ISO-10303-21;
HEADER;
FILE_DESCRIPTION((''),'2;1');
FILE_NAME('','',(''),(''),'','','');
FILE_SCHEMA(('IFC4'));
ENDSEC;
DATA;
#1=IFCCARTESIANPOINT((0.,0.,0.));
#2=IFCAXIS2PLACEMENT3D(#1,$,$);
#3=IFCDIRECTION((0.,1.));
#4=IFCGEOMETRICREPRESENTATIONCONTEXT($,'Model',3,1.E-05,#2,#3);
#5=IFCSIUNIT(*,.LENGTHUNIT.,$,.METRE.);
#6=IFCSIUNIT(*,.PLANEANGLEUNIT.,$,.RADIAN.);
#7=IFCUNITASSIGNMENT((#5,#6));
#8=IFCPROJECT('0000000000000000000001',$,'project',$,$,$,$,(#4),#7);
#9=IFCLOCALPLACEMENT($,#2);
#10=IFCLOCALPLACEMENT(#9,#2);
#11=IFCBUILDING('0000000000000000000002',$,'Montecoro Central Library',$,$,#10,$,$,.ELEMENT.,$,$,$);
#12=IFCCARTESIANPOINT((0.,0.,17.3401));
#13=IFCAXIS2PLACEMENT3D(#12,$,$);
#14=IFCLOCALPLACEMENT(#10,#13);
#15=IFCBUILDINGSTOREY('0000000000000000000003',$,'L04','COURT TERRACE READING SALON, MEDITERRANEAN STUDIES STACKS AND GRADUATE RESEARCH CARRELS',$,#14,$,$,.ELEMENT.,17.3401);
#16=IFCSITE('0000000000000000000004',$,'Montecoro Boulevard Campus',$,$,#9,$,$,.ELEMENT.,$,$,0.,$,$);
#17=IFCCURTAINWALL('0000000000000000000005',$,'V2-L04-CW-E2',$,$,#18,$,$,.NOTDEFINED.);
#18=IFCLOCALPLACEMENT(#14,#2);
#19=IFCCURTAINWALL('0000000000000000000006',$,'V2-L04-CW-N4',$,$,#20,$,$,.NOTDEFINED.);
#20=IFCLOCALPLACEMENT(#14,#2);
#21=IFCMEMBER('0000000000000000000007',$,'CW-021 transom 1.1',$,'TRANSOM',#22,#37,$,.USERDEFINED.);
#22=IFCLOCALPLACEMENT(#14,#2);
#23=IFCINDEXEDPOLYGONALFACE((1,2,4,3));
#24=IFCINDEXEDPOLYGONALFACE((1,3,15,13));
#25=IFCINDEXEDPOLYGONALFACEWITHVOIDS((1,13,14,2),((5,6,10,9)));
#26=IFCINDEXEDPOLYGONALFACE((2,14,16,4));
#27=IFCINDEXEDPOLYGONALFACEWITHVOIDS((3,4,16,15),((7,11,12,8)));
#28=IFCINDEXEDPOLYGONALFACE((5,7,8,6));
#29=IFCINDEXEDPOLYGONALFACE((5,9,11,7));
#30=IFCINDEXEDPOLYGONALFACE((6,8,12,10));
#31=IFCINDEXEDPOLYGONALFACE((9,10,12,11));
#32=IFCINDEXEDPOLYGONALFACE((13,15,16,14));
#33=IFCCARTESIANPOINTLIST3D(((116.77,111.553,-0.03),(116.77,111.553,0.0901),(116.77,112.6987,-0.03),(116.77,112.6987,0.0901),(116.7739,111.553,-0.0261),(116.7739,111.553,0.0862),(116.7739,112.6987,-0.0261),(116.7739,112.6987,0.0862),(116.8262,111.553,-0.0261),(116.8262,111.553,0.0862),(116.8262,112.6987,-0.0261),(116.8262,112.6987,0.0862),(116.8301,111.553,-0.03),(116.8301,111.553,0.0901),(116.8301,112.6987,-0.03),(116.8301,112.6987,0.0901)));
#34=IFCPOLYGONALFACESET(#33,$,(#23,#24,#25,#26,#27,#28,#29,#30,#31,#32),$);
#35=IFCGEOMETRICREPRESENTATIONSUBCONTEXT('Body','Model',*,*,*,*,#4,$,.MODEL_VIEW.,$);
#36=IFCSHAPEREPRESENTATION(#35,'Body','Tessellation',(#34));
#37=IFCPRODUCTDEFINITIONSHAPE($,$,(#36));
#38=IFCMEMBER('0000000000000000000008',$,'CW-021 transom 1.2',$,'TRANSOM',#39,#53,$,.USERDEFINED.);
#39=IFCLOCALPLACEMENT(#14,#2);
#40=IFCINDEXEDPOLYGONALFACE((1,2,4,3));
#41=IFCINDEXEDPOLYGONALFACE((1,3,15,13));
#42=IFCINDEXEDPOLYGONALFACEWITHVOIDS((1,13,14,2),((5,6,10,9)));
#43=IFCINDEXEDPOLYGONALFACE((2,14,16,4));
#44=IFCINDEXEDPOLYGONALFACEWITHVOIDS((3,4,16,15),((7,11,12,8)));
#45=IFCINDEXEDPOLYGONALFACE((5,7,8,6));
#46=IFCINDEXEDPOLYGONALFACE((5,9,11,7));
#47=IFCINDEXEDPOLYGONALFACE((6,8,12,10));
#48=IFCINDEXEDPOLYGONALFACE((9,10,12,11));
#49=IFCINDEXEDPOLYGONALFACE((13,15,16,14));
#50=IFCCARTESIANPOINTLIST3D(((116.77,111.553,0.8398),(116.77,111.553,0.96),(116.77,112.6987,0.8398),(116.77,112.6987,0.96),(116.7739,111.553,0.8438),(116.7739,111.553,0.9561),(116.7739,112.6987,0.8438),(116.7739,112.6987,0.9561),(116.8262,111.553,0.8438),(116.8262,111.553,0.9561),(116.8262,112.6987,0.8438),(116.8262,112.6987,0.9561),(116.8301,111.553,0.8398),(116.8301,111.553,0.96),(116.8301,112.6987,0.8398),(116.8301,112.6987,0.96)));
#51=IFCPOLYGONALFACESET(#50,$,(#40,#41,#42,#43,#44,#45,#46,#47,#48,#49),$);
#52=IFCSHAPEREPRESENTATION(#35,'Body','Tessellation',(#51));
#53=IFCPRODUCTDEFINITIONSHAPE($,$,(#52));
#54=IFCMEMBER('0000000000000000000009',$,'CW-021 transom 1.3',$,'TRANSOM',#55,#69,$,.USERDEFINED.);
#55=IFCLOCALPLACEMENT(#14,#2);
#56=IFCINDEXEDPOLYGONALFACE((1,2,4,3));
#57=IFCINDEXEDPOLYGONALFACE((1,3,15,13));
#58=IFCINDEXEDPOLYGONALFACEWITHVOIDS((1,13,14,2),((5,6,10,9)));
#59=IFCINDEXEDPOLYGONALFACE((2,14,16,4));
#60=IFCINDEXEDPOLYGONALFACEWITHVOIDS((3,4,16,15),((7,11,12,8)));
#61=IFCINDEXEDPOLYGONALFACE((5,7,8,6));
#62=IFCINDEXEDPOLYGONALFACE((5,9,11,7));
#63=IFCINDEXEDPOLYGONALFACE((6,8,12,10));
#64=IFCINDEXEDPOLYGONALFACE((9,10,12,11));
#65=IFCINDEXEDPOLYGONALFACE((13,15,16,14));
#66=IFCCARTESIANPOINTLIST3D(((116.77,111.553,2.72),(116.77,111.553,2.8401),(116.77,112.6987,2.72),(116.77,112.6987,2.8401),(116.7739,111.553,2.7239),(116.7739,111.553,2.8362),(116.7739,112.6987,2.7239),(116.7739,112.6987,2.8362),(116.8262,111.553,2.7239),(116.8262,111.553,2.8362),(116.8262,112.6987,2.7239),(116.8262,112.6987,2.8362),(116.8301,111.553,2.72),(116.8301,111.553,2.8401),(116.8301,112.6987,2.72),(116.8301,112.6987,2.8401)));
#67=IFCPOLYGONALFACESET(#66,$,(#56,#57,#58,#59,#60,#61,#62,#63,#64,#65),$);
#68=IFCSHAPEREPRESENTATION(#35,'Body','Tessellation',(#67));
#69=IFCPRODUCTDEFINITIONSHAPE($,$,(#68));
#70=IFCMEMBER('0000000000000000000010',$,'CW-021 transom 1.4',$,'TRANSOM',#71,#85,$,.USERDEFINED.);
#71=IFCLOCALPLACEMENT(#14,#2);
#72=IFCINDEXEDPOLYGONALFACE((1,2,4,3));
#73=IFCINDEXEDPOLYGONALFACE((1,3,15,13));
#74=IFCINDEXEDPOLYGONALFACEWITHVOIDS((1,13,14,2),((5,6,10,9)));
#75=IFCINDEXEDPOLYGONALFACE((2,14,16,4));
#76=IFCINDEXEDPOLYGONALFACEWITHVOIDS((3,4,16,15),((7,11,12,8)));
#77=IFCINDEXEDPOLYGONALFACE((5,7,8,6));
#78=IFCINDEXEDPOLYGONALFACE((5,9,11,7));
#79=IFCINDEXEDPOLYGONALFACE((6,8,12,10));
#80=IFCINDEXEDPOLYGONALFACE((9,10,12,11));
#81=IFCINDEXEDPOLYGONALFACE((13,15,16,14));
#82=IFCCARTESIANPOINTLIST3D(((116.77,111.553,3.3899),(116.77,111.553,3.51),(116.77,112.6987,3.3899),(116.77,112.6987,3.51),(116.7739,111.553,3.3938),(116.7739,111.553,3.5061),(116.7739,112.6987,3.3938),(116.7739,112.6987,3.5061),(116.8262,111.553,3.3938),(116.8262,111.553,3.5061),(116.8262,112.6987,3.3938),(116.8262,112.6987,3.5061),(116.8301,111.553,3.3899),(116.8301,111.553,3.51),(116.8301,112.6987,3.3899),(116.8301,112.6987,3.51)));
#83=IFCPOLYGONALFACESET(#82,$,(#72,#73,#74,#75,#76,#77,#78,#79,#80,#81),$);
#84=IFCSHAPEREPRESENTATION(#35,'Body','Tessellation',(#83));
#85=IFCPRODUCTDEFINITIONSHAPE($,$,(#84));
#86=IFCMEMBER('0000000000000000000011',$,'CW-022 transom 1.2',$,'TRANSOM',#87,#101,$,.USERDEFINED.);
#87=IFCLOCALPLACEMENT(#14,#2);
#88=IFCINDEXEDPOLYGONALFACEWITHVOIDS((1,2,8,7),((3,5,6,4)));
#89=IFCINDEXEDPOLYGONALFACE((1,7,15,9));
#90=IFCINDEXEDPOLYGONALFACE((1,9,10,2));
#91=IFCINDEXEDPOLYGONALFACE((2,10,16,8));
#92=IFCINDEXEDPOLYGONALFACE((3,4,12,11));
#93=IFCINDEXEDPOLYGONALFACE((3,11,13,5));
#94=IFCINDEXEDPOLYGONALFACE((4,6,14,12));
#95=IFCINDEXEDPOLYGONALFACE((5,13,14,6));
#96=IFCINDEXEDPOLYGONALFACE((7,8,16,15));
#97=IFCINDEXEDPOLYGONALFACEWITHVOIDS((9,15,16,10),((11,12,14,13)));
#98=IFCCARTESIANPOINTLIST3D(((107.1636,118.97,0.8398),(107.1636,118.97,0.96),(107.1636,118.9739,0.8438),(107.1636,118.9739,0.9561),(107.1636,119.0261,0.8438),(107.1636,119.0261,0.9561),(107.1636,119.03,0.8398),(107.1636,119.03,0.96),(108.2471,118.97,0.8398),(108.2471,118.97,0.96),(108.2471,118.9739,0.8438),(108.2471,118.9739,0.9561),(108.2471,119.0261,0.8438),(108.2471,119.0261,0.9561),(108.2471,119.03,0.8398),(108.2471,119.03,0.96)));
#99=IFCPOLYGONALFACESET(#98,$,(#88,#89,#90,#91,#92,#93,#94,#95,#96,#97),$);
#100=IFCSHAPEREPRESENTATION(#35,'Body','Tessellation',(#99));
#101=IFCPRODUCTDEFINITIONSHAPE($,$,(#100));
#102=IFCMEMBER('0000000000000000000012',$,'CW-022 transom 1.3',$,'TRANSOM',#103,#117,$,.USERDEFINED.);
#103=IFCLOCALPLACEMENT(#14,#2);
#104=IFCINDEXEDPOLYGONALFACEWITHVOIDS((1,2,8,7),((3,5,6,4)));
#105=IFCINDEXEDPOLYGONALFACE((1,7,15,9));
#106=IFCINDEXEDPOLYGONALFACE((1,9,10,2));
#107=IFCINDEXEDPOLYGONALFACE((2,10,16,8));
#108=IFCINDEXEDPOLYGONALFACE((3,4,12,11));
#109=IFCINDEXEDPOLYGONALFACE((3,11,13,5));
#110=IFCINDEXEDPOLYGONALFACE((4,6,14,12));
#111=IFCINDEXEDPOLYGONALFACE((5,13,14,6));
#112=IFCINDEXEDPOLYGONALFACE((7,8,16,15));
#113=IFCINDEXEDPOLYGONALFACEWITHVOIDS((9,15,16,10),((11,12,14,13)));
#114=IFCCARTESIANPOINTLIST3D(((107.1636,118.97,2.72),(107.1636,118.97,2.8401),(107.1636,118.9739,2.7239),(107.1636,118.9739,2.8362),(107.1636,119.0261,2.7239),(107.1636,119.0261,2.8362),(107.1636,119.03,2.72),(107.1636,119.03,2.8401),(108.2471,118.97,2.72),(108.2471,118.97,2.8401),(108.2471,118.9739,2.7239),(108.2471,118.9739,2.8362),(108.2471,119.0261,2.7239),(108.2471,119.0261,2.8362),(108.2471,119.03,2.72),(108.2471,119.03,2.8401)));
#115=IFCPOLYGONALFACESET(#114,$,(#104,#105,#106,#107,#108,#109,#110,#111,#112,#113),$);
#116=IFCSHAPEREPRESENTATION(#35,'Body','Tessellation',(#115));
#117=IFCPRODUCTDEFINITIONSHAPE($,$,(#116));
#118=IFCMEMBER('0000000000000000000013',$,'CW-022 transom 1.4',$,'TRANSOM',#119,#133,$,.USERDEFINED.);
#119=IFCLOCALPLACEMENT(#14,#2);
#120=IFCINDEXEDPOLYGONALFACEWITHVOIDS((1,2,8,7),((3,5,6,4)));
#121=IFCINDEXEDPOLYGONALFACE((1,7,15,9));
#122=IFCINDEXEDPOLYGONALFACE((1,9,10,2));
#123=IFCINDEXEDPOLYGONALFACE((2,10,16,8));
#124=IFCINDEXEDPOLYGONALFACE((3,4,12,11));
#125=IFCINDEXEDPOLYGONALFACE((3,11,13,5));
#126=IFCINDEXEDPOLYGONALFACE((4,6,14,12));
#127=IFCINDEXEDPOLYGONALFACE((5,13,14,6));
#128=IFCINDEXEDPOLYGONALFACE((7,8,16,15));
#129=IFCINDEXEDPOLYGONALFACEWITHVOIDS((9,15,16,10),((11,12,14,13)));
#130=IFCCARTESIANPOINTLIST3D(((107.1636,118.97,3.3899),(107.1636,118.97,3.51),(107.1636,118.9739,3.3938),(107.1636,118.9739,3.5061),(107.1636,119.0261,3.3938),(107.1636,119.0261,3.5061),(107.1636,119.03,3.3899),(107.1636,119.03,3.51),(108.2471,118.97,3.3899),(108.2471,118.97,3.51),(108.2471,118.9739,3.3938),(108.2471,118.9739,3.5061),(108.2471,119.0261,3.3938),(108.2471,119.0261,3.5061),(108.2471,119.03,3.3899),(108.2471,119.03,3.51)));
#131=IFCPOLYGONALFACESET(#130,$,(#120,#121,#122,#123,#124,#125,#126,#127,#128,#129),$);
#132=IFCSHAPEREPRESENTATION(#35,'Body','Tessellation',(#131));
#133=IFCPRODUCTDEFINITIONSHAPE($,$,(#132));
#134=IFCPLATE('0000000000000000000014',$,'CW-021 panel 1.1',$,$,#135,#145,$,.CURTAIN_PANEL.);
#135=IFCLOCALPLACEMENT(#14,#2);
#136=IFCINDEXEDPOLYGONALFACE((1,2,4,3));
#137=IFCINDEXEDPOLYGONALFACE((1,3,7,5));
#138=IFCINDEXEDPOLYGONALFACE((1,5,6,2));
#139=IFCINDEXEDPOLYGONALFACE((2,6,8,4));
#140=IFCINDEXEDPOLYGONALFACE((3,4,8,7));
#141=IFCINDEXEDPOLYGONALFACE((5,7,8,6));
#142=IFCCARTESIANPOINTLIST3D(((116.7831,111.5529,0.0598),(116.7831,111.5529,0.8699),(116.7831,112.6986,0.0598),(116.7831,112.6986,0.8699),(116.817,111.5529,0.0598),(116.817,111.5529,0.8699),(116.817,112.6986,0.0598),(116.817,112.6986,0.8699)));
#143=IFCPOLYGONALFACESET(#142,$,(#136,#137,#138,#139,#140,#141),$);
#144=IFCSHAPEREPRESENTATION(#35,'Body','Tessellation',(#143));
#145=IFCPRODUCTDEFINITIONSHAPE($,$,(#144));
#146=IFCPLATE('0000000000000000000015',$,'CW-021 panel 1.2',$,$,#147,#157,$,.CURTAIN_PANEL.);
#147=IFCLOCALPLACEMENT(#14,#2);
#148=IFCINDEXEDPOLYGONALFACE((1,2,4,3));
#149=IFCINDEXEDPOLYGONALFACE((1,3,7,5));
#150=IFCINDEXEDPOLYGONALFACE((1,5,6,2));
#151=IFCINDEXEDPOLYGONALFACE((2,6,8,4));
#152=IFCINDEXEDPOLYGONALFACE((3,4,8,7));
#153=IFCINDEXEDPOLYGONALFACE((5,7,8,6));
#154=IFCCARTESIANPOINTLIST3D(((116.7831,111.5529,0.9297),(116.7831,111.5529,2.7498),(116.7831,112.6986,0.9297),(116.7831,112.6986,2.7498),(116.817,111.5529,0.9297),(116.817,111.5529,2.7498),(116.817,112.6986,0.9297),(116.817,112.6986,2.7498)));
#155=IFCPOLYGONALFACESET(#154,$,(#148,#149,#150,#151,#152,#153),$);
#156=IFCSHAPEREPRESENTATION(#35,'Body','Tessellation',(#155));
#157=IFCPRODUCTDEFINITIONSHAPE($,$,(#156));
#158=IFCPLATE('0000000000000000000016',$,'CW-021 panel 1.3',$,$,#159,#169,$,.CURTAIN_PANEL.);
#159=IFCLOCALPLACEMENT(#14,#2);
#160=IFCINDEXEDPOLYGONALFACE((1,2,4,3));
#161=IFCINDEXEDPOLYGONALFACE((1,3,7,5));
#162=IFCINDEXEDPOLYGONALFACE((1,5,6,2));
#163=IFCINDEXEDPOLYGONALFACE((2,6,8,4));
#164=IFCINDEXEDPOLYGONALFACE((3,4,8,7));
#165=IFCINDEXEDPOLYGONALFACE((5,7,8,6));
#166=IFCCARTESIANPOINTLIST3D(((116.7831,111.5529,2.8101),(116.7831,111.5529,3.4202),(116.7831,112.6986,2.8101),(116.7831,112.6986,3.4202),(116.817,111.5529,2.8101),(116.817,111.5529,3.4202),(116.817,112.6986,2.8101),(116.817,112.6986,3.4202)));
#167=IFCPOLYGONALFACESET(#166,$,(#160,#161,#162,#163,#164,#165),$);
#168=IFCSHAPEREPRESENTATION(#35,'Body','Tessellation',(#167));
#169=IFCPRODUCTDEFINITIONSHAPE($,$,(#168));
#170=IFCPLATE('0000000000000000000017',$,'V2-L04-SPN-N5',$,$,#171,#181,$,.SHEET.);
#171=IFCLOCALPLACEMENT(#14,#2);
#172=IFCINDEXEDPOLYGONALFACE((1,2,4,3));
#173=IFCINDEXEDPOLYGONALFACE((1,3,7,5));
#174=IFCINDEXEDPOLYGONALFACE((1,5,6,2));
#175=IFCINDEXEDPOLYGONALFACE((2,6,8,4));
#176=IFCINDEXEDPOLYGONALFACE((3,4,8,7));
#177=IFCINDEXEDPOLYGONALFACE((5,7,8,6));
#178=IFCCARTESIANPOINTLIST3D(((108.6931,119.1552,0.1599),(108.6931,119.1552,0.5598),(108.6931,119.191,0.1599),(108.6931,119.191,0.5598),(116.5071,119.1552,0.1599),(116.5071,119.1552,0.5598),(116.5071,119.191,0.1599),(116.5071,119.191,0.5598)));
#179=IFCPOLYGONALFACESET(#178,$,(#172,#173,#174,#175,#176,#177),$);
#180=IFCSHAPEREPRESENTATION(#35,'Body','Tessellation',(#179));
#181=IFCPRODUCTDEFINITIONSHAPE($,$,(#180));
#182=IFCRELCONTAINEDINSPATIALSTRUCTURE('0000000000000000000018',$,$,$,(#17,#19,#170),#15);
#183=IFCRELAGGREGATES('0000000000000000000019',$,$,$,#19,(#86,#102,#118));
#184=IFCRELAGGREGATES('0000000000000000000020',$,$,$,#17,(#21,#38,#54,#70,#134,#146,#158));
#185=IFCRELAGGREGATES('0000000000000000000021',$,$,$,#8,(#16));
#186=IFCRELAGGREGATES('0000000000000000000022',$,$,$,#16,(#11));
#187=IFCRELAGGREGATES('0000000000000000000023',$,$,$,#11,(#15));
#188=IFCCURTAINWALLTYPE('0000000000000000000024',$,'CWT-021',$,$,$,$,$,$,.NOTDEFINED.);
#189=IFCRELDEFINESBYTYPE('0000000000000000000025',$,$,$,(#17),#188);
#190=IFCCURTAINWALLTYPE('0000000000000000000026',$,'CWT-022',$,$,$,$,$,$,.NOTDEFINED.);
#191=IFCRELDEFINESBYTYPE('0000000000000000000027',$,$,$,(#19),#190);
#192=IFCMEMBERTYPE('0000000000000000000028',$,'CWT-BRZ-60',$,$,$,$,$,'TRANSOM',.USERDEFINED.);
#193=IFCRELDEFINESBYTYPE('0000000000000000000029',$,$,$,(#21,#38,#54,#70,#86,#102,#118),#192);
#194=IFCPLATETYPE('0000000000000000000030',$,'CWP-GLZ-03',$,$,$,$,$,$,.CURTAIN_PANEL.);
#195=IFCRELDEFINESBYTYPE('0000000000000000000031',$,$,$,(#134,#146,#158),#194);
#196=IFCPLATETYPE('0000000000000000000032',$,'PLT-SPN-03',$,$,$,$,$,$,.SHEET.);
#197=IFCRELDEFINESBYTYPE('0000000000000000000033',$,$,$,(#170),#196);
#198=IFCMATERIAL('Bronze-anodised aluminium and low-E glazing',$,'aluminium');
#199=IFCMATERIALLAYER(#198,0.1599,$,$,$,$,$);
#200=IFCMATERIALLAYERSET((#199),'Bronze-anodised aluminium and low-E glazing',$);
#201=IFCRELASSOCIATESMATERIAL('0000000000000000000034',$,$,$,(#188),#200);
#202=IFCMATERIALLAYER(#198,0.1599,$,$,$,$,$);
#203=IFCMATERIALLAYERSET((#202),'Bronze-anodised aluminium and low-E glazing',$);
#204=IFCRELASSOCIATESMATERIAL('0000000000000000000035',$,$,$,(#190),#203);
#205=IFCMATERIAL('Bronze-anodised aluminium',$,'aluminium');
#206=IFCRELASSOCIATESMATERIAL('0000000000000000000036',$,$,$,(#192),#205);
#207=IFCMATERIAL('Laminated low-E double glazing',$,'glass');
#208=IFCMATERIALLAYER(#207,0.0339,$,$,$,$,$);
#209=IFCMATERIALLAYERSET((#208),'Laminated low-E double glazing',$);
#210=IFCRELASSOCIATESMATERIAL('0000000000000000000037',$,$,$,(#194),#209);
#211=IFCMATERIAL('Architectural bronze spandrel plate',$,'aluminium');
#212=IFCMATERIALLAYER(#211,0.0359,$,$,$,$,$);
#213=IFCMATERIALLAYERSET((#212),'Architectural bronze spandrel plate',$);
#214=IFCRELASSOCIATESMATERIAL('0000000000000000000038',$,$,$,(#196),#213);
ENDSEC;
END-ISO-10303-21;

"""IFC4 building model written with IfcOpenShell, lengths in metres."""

from ifc_helpers import new_model, si_unit, direction, frame, origin, origin_2d, place, context, subcontext, project, spatial, rectangle, hollow_rectangle, extrude, material, layer, layer_set, material_profile, profile_set, type_object, element, aggregate, save


model = new_model("IFC4")

# Units and contexts
model_context = context("Model", 3, precision=1e-05, world=origin(), true_north=direction((0.0, 1.0)))
body_context = subcontext(model_context, "Body", "Model", "MODEL_VIEW")
ifc_project = project(units=[si_unit("LENGTHUNIT", "METRE"), si_unit("PLANEANGLEUNIT", "RADIAN")], contexts=[model_context])

# Site, building, storey
site_placement = place(None, origin())
site = spatial("IfcSite", under=ifc_project, at=site_placement, Name="Montecoro Boulevard Campus", CompositionType="ELEMENT", RefElevation=0.0)
building_placement = place(site_placement, origin())
building = spatial("IfcBuilding", under=site, at=building_placement, Name="Montecoro Central Library", CompositionType="ELEMENT")
storey_placement = place(building_placement, frame((0.0, 0.0, 17.3401)))
storey = spatial("IfcBuildingStorey", under=building, at=storey_placement, Name="L04", Description="COURT TERRACE READING SALON, MEDITERRANEAN STUDIES STACKS AND GRADUATE RESEARCH CARRELS", CompositionType="ELEMENT", Elevation=17.3401)

# Curtain wall
ifc_material_1 = material(Name="Bronze-anodised aluminium and low-E glazing", Category="aluminium")
ifc_layer_1 = layer(ifc_material_1, 0.1599)
ifc_layer_set_1 = layer_set([ifc_layer_1], Name="Bronze-anodised aluminium and low-E glazing")
curtain_wall_type_1 = type_object("IfcCurtainWallType", Name="CWT-021", PredefinedType="NOTDEFINED", material=ifc_layer_set_1)
curtain_wall_1_placement = place(storey_placement, origin())
curtain_wall_1 = element("IfcCurtainWall", 1, at=curtain_wall_1_placement, inside=storey, type_object=curtain_wall_type_1, Name="V2-L04-CW-E2", PredefinedType="NOTDEFINED")
ifc_material_2 = material(Name="Bronze-anodised aluminium", Category="aluminium")

# Curtain wall
ifc_layer_2 = layer(ifc_material_1, 0.1599)
ifc_layer_set_2 = layer_set([ifc_layer_2], Name="Bronze-anodised aluminium and low-E glazing")
curtain_wall_type_2 = type_object("IfcCurtainWallType", Name="CWT-022", PredefinedType="NOTDEFINED", material=ifc_layer_set_2)
curtain_wall_2_placement = place(storey_placement, origin())
curtain_wall_2 = element("IfcCurtainWall", 2, at=curtain_wall_2_placement, inside=storey, type_object=curtain_wall_type_2, Name="V2-L04-CW-N4", PredefinedType="NOTDEFINED")

# Members
ifc_material_profile_1 = material_profile(ifc_material_2, hollow_rectangle(XDim=0.0601, YDim=0.1201, WallThickness=0.0039, at=origin_2d()), Name="CWT 120x60x4.0")
ifc_profile_set_1 = profile_set([ifc_material_profile_1], Name="Bronze-anodised aluminium")
member_type_1 = type_object("IfcMemberType", Name="CWT-BRZ-60", ElementType="TRANSOM", PredefinedType="USERDEFINED", material=ifc_profile_set_1)
member_1_placement = place(storey_placement, frame((116.8, 111.553, 0.03), z_axis=(0.0, 1.0, 0.0), x_axis=(-1.0, 0.0, 0.0)))
member_1 = element("IfcMember", 3, at=member_1_placement, type_object=member_type_1, Name="CW-021 transom 1.1", ObjectType="TRANSOM", PredefinedType="USERDEFINED", context=body_context, shape_type="SweptSolid", body=[
    extrude(hollow_rectangle(XDim=0.0601, YDim=0.1201, WallThickness=0.0039, at=origin_2d()), origin(), (0.0, 0.0, 1.0), 1.1458),
])
member_2_placement = place(storey_placement, frame((116.8, 111.553, 0.8999), z_axis=(0.0, 1.0, 0.0), x_axis=(-1.0, 0.0, 0.0)))
member_2 = element("IfcMember", 4, at=member_2_placement, type_object=member_type_1, Name="CW-021 transom 1.2", ObjectType="TRANSOM", PredefinedType="USERDEFINED", context=body_context, shape_type="SweptSolid", body=[
    extrude(hollow_rectangle(XDim=0.0601, YDim=0.1201, WallThickness=0.0039, at=origin_2d()), origin(), (0.0, 0.0, 1.0), 1.1458),
])
member_3_placement = place(storey_placement, frame((116.8, 111.553, 2.78), z_axis=(0.0, 1.0, 0.0), x_axis=(-1.0, 0.0, 0.0)))
member_3 = element("IfcMember", 5, at=member_3_placement, type_object=member_type_1, Name="CW-021 transom 1.3", ObjectType="TRANSOM", PredefinedType="USERDEFINED", context=body_context, shape_type="SweptSolid", body=[
    extrude(hollow_rectangle(XDim=0.0601, YDim=0.1201, WallThickness=0.0039, at=origin_2d()), origin(), (0.0, 0.0, 1.0), 1.1458),
])
member_4_placement = place(storey_placement, frame((116.8, 111.553, 3.45), z_axis=(0.0, 1.0, 0.0), x_axis=(-1.0, 0.0, 0.0)))
member_4 = element("IfcMember", 6, at=member_4_placement, type_object=member_type_1, Name="CW-021 transom 1.4", ObjectType="TRANSOM", PredefinedType="USERDEFINED", context=body_context, shape_type="SweptSolid", body=[
    extrude(hollow_rectangle(XDim=0.0601, YDim=0.1201, WallThickness=0.0039, at=origin_2d()), origin(), (0.0, 0.0, 1.0), 1.1458),
])
member_5_placement = place(storey_placement, frame((108.2471, 119.0, 0.8999), z_axis=(-1.0, 0.0, 0.0), x_axis=(0.0, -1.0, 0.0)))
member_5 = element("IfcMember", 7, at=member_5_placement, type_object=member_type_1, Name="CW-022 transom 1.2", ObjectType="TRANSOM", PredefinedType="USERDEFINED", context=body_context, shape_type="SweptSolid", body=[
    extrude(hollow_rectangle(XDim=0.0601, YDim=0.1201, WallThickness=0.0039, at=origin_2d()), origin(), (0.0, 0.0, 1.0), 1.0835),
])
member_6_placement = place(storey_placement, frame((108.2471, 119.0, 2.78), z_axis=(-1.0, 0.0, 0.0), x_axis=(0.0, -1.0, 0.0)))
member_6 = element("IfcMember", 8, at=member_6_placement, type_object=member_type_1, Name="CW-022 transom 1.3", ObjectType="TRANSOM", PredefinedType="USERDEFINED", context=body_context, shape_type="SweptSolid", body=[
    extrude(hollow_rectangle(XDim=0.0601, YDim=0.1201, WallThickness=0.0039, at=origin_2d()), origin(), (0.0, 0.0, 1.0), 1.0835),
])
member_7_placement = place(storey_placement, frame((108.2471, 119.0, 3.45), z_axis=(-1.0, 0.0, 0.0), x_axis=(0.0, -1.0, 0.0)))
member_7 = element("IfcMember", 9, at=member_7_placement, type_object=member_type_1, Name="CW-022 transom 1.4", ObjectType="TRANSOM", PredefinedType="USERDEFINED", context=body_context, shape_type="SweptSolid", body=[
    extrude(hollow_rectangle(XDim=0.0601, YDim=0.1201, WallThickness=0.0039, at=origin_2d()), origin(), (0.0, 0.0, 1.0), 1.0835),
])
aggregate(curtain_wall_2, [member_5, member_6, member_7])

# Plates
ifc_material_3 = material(Name="Laminated low-E double glazing", Category="glass")
ifc_layer_3 = layer(ifc_material_3, 0.0339)
ifc_layer_set_3 = layer_set([ifc_layer_3], Name="Laminated low-E double glazing")
plate_type_1 = type_object("IfcPlateType", Name="CWP-GLZ-03", PredefinedType="CURTAIN_PANEL", material=ifc_layer_set_3)
plate_1_placement = place(storey_placement, frame((116.8, 112.1257, 0.0598), z_axis=(0.0, 0.0, 1.0), x_axis=(0.0, 1.0, 0.0)))
plate_1 = element("IfcPlate", 10, at=plate_1_placement, type_object=plate_type_1, Name="CW-021 panel 1.1", PredefinedType="CURTAIN_PANEL", context=body_context, shape_type="SweptSolid", body=[
    extrude(rectangle(XDim=1.1458, YDim=0.0339, at=origin_2d()), origin(), (0.0, 0.0, 1.0), 0.8101),
])
plate_2_placement = place(storey_placement, frame((116.8, 112.1257, 0.9297), z_axis=(0.0, 0.0, 1.0), x_axis=(0.0, 1.0, 0.0)))
plate_2 = element("IfcPlate", 11, at=plate_2_placement, type_object=plate_type_1, Name="CW-021 panel 1.2", PredefinedType="CURTAIN_PANEL", context=body_context, shape_type="SweptSolid", body=[
    extrude(rectangle(XDim=1.1458, YDim=0.0339, at=origin_2d()), origin(), (0.0, 0.0, 1.0), 1.8201),
])
plate_3_placement = place(storey_placement, frame((116.8, 112.1257, 2.8101), z_axis=(0.0, 0.0, 1.0), x_axis=(0.0, 1.0, 0.0)))
plate_3 = element("IfcPlate", 12, at=plate_3_placement, type_object=plate_type_1, Name="CW-021 panel 1.3", PredefinedType="CURTAIN_PANEL", context=body_context, shape_type="SweptSolid", body=[
    extrude(rectangle(XDim=1.1458, YDim=0.0339, at=origin_2d()), origin(), (0.0, 0.0, 1.0), 0.6101),
])
aggregate(curtain_wall_1, [member_1, member_2, member_3, member_4, plate_1, plate_2, plate_3])
ifc_material_4 = material(Name="Architectural bronze spandrel plate", Category="aluminium")
ifc_layer_4 = layer(ifc_material_4, 0.0359)
ifc_layer_set_4 = layer_set([ifc_layer_4], Name="Architectural bronze spandrel plate")
plate_type_2 = type_object("IfcPlateType", Name="PLT-SPN-03", PredefinedType="SHEET", material=ifc_layer_set_4)
plate_4_placement = place(storey_placement, frame((112.6001, 119.1731, 0.1599), z_axis=(0.0, 0.0, 1.0), x_axis=(-1.0, 0.0, 0.0)))
element("IfcPlate", 13, at=plate_4_placement, inside=storey, type_object=plate_type_2, Name="V2-L04-SPN-N5", PredefinedType="SHEET", context=body_context, shape_type="SweptSolid", body=[
    extrude(rectangle(XDim=7.814, YDim=0.0359, at=origin_2d()), origin(), (0.0, 0.0, 1.0), 0.3999),
])

save(model, "model.ifc")
